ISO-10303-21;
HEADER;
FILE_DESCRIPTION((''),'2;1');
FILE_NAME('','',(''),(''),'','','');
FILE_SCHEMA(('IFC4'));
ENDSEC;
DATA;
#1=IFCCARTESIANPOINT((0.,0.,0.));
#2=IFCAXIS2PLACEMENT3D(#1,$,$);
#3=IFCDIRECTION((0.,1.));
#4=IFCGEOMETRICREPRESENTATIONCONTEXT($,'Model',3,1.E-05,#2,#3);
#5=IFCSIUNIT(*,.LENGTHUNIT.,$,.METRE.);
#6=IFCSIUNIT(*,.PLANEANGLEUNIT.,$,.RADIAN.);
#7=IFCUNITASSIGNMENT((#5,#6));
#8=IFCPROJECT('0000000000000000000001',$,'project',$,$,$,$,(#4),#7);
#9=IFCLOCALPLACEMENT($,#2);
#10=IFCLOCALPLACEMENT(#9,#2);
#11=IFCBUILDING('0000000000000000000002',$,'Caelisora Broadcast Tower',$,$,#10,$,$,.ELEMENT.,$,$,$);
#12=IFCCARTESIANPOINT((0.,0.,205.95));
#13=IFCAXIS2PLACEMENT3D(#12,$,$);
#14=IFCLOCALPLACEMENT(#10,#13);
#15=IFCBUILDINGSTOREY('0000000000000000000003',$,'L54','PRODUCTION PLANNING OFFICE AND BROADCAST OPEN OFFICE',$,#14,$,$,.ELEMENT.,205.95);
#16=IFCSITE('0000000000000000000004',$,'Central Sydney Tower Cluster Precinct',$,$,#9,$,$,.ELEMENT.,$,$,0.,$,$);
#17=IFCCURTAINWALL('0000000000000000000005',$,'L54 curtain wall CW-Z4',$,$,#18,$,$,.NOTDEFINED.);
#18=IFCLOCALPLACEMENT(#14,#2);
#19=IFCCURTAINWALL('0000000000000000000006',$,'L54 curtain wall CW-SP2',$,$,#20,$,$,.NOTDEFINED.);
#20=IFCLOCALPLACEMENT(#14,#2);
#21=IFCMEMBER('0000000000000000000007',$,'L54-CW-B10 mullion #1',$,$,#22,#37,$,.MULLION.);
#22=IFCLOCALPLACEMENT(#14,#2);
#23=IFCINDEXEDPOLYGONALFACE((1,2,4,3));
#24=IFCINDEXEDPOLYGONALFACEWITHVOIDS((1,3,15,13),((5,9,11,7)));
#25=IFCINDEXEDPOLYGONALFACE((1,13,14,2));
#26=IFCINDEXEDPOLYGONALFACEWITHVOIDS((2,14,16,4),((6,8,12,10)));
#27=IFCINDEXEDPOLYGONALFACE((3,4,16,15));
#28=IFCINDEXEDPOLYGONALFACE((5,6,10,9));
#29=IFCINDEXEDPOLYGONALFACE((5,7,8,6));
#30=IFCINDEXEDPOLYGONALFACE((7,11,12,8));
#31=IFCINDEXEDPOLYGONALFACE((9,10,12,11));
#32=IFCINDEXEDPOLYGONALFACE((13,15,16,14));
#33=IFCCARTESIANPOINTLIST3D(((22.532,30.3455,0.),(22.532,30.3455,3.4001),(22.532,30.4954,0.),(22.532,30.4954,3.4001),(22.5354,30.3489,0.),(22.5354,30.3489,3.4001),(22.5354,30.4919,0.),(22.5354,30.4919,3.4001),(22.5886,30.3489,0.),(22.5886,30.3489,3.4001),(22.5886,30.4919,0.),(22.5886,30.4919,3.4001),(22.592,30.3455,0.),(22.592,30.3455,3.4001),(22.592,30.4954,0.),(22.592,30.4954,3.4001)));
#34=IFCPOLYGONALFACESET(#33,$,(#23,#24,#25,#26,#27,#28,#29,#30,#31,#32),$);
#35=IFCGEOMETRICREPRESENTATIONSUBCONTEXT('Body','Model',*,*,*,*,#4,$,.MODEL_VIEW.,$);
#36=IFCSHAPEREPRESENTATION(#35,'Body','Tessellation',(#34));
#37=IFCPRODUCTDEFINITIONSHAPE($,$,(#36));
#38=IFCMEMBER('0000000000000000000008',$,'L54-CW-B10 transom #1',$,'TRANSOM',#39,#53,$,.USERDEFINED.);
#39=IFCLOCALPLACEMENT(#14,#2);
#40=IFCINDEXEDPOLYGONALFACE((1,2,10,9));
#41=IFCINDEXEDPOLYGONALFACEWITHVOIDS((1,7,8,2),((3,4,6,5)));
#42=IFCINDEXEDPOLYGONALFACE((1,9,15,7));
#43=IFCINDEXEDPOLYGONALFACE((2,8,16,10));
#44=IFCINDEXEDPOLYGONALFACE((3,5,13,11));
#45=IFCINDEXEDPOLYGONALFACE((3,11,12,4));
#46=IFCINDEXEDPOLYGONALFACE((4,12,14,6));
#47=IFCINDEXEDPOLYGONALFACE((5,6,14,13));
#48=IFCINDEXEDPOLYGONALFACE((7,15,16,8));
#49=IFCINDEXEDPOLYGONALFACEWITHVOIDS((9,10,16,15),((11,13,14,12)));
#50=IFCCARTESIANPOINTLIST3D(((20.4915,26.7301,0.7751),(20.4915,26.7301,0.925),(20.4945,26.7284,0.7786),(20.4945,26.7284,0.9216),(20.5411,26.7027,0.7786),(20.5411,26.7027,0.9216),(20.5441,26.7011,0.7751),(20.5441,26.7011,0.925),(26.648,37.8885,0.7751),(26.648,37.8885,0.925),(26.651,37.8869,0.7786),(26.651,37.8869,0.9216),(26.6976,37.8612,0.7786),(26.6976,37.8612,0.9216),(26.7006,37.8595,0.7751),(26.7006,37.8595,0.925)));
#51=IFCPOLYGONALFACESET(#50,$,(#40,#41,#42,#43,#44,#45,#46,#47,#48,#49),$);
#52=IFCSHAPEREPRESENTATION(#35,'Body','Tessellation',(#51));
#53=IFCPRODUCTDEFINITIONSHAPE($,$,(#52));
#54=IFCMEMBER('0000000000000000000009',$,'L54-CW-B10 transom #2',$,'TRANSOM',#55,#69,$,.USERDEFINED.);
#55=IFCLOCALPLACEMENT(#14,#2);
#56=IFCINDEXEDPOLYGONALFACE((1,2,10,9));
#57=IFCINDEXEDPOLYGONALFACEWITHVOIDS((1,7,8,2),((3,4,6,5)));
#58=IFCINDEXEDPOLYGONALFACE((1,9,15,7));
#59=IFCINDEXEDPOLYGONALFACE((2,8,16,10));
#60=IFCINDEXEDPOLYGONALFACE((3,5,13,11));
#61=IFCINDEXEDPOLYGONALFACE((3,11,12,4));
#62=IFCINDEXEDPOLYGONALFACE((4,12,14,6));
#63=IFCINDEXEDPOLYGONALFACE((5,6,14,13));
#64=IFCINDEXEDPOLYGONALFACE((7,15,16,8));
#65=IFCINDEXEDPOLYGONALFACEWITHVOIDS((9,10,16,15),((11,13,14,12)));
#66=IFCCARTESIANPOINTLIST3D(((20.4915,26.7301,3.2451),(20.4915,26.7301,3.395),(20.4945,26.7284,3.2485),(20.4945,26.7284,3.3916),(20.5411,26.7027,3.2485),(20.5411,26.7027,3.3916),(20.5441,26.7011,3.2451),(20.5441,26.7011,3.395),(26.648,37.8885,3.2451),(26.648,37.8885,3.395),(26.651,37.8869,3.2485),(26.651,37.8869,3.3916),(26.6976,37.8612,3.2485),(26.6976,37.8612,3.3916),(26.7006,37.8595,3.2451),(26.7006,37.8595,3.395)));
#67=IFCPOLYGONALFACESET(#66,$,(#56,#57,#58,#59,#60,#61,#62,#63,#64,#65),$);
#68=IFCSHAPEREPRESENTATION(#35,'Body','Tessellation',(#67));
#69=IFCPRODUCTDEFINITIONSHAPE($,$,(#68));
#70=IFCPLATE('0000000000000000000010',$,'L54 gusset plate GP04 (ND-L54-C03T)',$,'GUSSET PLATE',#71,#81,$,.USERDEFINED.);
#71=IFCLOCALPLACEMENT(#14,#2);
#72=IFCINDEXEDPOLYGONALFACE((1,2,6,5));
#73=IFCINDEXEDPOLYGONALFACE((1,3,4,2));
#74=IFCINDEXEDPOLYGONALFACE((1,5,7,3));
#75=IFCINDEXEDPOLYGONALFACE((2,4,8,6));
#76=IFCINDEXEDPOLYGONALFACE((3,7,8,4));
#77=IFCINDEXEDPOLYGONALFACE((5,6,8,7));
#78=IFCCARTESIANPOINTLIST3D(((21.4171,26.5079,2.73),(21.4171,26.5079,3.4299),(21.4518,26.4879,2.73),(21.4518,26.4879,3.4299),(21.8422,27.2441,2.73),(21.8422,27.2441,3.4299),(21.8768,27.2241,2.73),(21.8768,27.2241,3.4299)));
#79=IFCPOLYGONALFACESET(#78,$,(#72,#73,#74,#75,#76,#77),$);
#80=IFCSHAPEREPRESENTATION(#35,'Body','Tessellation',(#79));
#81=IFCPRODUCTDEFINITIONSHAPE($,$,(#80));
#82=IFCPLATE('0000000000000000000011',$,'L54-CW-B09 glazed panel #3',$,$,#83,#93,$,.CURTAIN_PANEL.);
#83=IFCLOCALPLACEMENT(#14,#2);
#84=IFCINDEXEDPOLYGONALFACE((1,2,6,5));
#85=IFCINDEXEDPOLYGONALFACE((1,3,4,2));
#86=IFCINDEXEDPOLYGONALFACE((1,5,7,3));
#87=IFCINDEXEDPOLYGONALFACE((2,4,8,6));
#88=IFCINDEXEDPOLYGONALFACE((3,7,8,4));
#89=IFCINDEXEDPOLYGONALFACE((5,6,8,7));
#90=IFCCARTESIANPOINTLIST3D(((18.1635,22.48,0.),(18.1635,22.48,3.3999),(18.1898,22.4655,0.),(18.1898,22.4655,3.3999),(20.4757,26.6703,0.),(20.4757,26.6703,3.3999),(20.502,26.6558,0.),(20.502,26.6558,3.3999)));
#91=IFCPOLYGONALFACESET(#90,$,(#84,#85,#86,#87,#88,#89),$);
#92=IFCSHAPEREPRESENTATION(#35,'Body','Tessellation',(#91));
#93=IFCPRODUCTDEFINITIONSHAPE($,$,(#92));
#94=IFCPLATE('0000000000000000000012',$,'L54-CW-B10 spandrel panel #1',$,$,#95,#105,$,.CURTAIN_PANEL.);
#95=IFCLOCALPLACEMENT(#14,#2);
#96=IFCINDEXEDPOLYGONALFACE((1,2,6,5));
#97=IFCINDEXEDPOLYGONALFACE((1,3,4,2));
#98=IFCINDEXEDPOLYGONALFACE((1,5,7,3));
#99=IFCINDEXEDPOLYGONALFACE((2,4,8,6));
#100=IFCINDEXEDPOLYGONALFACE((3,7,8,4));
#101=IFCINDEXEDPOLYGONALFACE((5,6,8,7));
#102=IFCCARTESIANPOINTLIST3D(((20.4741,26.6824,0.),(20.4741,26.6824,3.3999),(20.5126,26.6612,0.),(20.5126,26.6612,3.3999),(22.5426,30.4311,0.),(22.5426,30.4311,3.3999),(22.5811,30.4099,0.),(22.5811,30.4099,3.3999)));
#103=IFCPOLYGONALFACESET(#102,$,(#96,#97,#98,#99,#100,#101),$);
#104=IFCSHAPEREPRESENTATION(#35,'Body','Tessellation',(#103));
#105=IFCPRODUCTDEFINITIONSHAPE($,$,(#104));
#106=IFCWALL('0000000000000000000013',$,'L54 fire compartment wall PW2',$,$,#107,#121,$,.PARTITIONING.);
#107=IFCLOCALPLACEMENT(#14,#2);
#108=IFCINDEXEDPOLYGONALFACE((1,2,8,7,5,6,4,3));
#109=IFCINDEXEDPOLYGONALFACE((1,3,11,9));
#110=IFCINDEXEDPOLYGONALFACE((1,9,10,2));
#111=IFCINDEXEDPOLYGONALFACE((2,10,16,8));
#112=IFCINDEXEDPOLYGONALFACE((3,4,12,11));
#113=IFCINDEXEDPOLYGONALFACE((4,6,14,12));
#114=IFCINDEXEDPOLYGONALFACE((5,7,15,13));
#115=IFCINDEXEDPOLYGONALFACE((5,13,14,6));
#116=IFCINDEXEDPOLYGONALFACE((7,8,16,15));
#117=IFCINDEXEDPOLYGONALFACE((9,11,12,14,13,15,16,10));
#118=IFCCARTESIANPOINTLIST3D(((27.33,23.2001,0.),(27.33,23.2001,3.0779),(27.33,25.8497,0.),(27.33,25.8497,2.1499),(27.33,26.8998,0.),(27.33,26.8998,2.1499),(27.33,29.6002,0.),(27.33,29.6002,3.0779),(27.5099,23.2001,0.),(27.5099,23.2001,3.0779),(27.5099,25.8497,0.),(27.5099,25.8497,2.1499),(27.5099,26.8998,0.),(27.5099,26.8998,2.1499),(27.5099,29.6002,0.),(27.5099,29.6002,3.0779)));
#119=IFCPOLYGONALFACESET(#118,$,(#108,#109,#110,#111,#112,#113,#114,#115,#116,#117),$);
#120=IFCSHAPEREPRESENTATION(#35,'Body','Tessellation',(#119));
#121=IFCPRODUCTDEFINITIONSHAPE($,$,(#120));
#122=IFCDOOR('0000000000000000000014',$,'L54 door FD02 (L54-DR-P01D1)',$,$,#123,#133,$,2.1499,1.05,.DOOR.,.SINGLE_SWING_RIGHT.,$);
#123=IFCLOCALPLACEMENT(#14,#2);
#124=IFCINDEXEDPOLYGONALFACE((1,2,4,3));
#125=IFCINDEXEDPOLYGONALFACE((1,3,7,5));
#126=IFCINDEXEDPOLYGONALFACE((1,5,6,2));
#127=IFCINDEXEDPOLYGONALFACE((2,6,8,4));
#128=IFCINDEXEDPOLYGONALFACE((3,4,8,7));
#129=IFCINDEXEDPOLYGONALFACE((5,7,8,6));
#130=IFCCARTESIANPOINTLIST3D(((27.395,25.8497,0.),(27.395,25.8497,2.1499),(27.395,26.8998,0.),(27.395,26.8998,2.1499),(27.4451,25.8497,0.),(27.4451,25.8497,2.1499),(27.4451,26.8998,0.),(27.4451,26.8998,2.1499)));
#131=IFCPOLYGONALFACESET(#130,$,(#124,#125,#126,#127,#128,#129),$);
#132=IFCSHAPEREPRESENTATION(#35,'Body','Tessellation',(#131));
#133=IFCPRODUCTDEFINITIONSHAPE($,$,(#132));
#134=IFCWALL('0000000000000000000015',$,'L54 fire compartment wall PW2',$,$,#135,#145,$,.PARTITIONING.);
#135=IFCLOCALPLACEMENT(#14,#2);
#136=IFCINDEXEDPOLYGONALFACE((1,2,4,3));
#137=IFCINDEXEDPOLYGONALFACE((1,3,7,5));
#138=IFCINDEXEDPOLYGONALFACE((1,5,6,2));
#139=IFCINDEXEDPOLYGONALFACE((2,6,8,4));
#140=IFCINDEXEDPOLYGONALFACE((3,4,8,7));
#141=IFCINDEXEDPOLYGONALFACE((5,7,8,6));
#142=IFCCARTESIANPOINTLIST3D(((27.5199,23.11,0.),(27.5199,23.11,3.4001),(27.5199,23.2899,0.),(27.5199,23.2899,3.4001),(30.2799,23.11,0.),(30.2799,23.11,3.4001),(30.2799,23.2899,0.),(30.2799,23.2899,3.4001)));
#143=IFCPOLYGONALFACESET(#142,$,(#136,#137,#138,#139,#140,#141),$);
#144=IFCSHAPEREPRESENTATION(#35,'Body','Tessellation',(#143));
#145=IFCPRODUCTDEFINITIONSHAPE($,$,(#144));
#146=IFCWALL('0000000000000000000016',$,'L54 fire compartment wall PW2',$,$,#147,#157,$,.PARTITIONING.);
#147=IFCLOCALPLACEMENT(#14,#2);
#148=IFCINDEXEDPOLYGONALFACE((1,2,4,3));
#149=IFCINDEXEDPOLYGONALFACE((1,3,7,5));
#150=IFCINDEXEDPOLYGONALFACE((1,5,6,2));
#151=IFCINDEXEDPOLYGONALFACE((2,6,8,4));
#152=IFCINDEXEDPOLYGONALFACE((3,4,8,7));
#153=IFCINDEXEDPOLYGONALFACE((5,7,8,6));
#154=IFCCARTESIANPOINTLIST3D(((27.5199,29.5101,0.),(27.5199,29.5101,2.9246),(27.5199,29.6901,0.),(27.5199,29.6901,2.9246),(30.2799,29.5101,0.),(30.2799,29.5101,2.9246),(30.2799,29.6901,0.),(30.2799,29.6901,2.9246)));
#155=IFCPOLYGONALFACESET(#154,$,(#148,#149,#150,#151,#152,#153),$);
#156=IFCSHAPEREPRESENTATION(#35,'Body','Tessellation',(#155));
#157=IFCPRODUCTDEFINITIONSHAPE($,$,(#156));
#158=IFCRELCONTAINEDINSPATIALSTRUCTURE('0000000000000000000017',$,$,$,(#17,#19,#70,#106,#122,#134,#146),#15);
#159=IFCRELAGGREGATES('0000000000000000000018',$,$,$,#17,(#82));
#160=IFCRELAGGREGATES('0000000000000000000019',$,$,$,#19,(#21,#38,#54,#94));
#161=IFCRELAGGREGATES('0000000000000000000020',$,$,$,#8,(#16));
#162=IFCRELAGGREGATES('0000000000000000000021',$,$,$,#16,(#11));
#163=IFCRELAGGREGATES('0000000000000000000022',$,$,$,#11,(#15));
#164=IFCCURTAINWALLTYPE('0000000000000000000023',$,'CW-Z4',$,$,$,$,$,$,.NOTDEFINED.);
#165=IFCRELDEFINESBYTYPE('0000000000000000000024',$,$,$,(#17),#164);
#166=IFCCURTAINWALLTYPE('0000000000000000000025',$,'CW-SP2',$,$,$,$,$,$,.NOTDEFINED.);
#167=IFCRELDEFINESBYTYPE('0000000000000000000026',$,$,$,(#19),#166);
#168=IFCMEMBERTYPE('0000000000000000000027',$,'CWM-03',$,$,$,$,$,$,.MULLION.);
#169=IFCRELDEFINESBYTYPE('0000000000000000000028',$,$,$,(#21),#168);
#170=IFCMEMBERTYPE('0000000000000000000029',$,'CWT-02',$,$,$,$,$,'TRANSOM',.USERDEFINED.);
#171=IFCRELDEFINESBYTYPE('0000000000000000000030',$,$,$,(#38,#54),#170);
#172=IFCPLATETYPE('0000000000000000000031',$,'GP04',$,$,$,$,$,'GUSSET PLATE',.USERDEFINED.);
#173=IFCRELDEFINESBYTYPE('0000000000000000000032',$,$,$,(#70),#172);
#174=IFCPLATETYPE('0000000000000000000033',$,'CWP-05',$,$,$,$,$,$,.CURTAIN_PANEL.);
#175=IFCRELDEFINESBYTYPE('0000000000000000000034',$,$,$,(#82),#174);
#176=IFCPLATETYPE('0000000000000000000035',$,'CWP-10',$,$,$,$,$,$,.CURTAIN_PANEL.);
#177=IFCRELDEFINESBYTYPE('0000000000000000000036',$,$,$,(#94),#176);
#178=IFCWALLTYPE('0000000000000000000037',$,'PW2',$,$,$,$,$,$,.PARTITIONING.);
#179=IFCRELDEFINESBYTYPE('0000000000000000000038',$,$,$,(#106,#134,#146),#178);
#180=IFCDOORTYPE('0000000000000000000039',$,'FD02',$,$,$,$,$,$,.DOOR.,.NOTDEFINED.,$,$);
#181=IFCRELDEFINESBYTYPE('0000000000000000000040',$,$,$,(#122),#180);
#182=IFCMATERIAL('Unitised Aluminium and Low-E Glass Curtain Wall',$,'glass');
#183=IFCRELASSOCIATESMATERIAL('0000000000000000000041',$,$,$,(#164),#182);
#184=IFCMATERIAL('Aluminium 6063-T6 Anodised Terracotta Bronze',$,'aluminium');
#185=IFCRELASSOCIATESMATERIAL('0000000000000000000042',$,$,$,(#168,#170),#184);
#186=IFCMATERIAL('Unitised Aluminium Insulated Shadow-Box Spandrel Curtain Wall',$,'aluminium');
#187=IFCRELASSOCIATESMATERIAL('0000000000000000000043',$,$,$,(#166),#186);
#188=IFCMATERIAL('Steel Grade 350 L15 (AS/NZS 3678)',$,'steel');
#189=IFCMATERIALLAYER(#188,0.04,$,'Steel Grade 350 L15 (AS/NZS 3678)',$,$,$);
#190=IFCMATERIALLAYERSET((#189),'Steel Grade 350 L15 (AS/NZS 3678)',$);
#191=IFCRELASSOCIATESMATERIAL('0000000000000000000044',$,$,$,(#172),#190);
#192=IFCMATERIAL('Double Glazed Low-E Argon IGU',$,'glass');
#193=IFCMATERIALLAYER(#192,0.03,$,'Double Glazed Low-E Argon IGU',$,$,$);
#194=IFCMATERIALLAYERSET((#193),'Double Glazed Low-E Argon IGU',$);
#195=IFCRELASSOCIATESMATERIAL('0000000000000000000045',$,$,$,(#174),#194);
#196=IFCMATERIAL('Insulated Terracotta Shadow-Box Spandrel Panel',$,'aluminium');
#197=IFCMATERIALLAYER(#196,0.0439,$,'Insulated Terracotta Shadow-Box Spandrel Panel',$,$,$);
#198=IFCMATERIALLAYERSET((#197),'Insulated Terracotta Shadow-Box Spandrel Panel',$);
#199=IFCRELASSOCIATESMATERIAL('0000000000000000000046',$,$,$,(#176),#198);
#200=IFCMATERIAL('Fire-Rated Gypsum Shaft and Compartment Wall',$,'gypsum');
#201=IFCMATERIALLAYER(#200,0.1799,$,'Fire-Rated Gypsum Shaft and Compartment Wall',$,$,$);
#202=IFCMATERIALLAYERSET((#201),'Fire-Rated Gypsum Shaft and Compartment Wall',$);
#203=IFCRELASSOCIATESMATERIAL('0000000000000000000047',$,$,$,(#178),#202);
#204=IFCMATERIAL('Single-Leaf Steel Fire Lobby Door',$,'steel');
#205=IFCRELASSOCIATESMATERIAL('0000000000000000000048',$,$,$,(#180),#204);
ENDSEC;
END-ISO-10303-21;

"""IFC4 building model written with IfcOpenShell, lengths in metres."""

from ifc_helpers import new_model, si_unit, direction, frame, frame_2d, origin, origin_2d, place, context, subcontext, project, spatial, rectangle, hollow_rectangle, extrude, source, transform, mapped, material, layer, layer_set, material_profile, profile_set, type_object, type_shapes, element, fill, aggregate, save


model = new_model("IFC4")

# Units and contexts
model_context = context("Model", 3, precision=1e-05, world=origin(), true_north=direction((0.0, 1.0)))
body_context = subcontext(model_context, "Body", "Model", "MODEL_VIEW")
ifc_project = project(units=[si_unit("LENGTHUNIT", "METRE"), si_unit("PLANEANGLEUNIT", "RADIAN")], contexts=[model_context])

# Site, building, storey
site_placement = place(None, origin())
site = spatial("IfcSite", under=ifc_project, at=site_placement, Name="Central Sydney Tower Cluster Precinct", CompositionType="ELEMENT", RefElevation=0.0)
building_placement = place(site_placement, origin())
building = spatial("IfcBuilding", under=site, at=building_placement, Name="Caelisora Broadcast Tower", CompositionType="ELEMENT")
storey_placement = place(building_placement, frame((0.0, 0.0, 205.95)))
storey = spatial("IfcBuildingStorey", under=building, at=storey_placement, Name="L54", Description="PRODUCTION PLANNING OFFICE AND BROADCAST OPEN OFFICE", CompositionType="ELEMENT", Elevation=205.95)

# Shared definitions
ifc_material_1 = material(Name="Steel Grade 350 L15 (AS/NZS 3678)", Category="steel")

# Curtain wall
ifc_material_2 = material(Name="Unitised Aluminium and Low-E Glass Curtain Wall", Category="glass")
curtain_wall_type_1 = type_object("IfcCurtainWallType", Name="CW-Z4", PredefinedType="NOTDEFINED", material=ifc_material_2)
curtain_wall_1_placement = place(storey_placement, origin())
curtain_wall_1 = element("IfcCurtainWall", 1, at=curtain_wall_1_placement, inside=storey, type_object=curtain_wall_type_1, Name="L54 curtain wall CW-Z4", PredefinedType="NOTDEFINED")
ifc_material_3 = material(Name="Aluminium 6063-T6 Anodised Terracotta Bronze", Category="aluminium")
ifc_material_profile_1 = material_profile(ifc_material_3, hollow_rectangle(XDim=0.0601, YDim=0.1499, WallThickness=0.0034, at=origin_2d()), Name="Aluminium 6063-T6 Anodised Terracotta Bronze")
ifc_profile_set_1 = profile_set([ifc_material_profile_1], Name="Aluminium 6063-T6 Anodised Terracotta Bronze")
member_type_1 = type_object("IfcMemberType", Name="CWM-03", PredefinedType="MULLION", material=ifc_profile_set_1)
shared_shape_1 = source(origin(), body_context, "Body", "SweptSolid", [
    extrude(hollow_rectangle(XDim=0.0601, YDim=0.1499, WallThickness=0.0034, at=origin_2d()), origin(), (0.0, 0.0, 1.0), 3.4001),
])
type_shapes(member_type_1, [shared_shape_1])

# Curtain wall, members
ifc_material_4 = material(Name="Unitised Aluminium Insulated Shadow-Box Spandrel Curtain Wall", Category="aluminium")
curtain_wall_type_2 = type_object("IfcCurtainWallType", Name="CW-SP2", PredefinedType="NOTDEFINED", material=ifc_material_4)
curtain_wall_2_placement = place(storey_placement, origin())
curtain_wall_2 = element("IfcCurtainWall", 2, at=curtain_wall_2_placement, inside=storey, type_object=curtain_wall_type_2, Name="L54 curtain wall CW-SP2", PredefinedType="NOTDEFINED")
member_1_placement = place(storey_placement, frame((22.562, 30.4204, 0.0), z_axis=(0.0, 0.0, 1.0), x_axis=(1.0, 0.0, 0.0)))
member_1 = element("IfcMember", 3, at=member_1_placement, type_object=member_type_1, Name="L54-CW-B10 mullion #1", PredefinedType="MULLION", context=body_context, shape_type="MappedRepresentation", body=[
    mapped(shared_shape_1, transform((0.0, 0.0, 0.0), scale=1.0)),
])
ifc_material_profile_2 = material_profile(ifc_material_3, hollow_rectangle(XDim=0.0601, YDim=0.1499, WallThickness=0.0034, at=origin_2d()), Name="Aluminium 6063-T6 Anodised Terracotta Bronze")
ifc_profile_set_2 = profile_set([ifc_material_profile_2], Name="Aluminium 6063-T6 Anodised Terracotta Bronze")
member_type_2 = type_object("IfcMemberType", Name="CWT-02", ElementType="TRANSOM", PredefinedType="USERDEFINED", material=ifc_profile_set_2)
shared_shape_2 = source(origin(), body_context, "Body", "SweptSolid", [
    extrude(hollow_rectangle(XDim=0.0601, YDim=0.1499, WallThickness=0.0034, at=origin_2d()), origin(), (0.0, 0.0, 1.0), 12.7441),
])
type_shapes(member_type_2, [shared_shape_2])
member_2_placement = place(storey_placement, frame((20.5178, 26.7156, 0.8501), z_axis=(0.483084, 0.875574, 0.0), x_axis=(-0.875574, 0.483084, 0.0)))
member_2 = element("IfcMember", 4, at=member_2_placement, type_object=member_type_2, Name="L54-CW-B10 transom #1", ObjectType="TRANSOM", PredefinedType="USERDEFINED", context=body_context, shape_type="MappedRepresentation", body=[
    mapped(shared_shape_2, transform((0.0, 0.0, 0.0), scale=1.0)),
])
member_3_placement = place(storey_placement, frame((20.5178, 26.7156, 3.3201), z_axis=(0.483084, 0.875574, 0.0), x_axis=(-0.875574, 0.483084, 0.0)))
member_3 = element("IfcMember", 5, at=member_3_placement, type_object=member_type_2, Name="L54-CW-B10 transom #2", ObjectType="TRANSOM", PredefinedType="USERDEFINED", context=body_context, shape_type="MappedRepresentation", body=[
    mapped(shared_shape_2, transform((0.0, 0.0, 0.0), scale=1.0)),
])

# Plates
ifc_layer_1 = layer(ifc_material_1, 0.04, Name="Steel Grade 350 L15 (AS/NZS 3678)")
ifc_layer_set_1 = layer_set([ifc_layer_1], Name="Steel Grade 350 L15 (AS/NZS 3678)")
plate_type_1 = type_object("IfcPlateType", Name="GP04", ElementType="GUSSET PLATE", PredefinedType="USERDEFINED", material=ifc_layer_set_1)
shared_shape_3 = source(origin(), body_context, "Body", "SweptSolid", [
    extrude(rectangle(XDim=0.8501, YDim=0.04, at=origin_2d()), origin(), (0.0, 0.0, 1.0), 0.7),
])
type_shapes(plate_type_1, [shared_shape_3])
plate_1_placement = place(storey_placement, frame((21.647, 26.866, 2.73), z_axis=(0.0, 0.0, 1.0), x_axis=(-0.5, -0.866025, 0.0)))
element("IfcPlate", 6, at=plate_1_placement, inside=storey, type_object=plate_type_1, Name="L54 gusset plate GP04 (ND-L54-C03T)", ObjectType="GUSSET PLATE", PredefinedType="USERDEFINED", context=body_context, shape_type="MappedRepresentation", body=[
    mapped(shared_shape_3, transform((0.0, 0.0, 0.0), scale=1.0)),
])
ifc_material_5 = material(Name="Double Glazed Low-E Argon IGU", Category="glass")
ifc_layer_2 = layer(ifc_material_5, 0.03, Name="Double Glazed Low-E Argon IGU")
ifc_layer_set_2 = layer_set([ifc_layer_2], Name="Double Glazed Low-E Argon IGU")
plate_type_2 = type_object("IfcPlateType", Name="CWP-05", PredefinedType="CURTAIN_PANEL", material=ifc_layer_set_2)
shared_shape_4 = source(origin(), body_context, "Body", "SweptSolid", [
    extrude(rectangle(XDim=4.7859, YDim=0.03, at=origin_2d()), origin(), (0.0, 0.0, 1.0), 3.3999),
])
type_shapes(plate_type_2, [shared_shape_4])
plate_2_placement = place(storey_placement, frame((19.3328, 24.5679, 0.0), z_axis=(0.0, 0.0, 1.0), x_axis=(0.48313, 0.875549, 0.0)))
plate_2 = element("IfcPlate", 7, at=plate_2_placement, type_object=plate_type_2, Name="L54-CW-B09 glazed panel #3", PredefinedType="CURTAIN_PANEL", context=body_context, shape_type="MappedRepresentation", body=[
    mapped(shared_shape_4, transform((0.0, 0.0, 0.0), scale=1.0)),
])
aggregate(curtain_wall_1, [plate_2])
ifc_material_6 = material(Name="Insulated Terracotta Shadow-Box Spandrel Panel", Category="aluminium")
ifc_layer_3 = layer(ifc_material_6, 0.0439, Name="Insulated Terracotta Shadow-Box Spandrel Panel")
ifc_layer_set_3 = layer_set([ifc_layer_3], Name="Insulated Terracotta Shadow-Box Spandrel Panel")
plate_type_3 = type_object("IfcPlateType", Name="CWP-10", PredefinedType="CURTAIN_PANEL", material=ifc_layer_set_3)
shared_shape_5 = source(origin(), body_context, "Body", "SweptSolid", [
    extrude(rectangle(XDim=4.2815, YDim=0.0439, at=origin_2d()), origin(), (0.0, 0.0, 1.0), 3.3999),
])
type_shapes(plate_type_3, [shared_shape_5])
plate_3_placement = place(storey_placement, frame((21.5276, 28.5461, 0.0), z_axis=(0.0, 0.0, 1.0), x_axis=(0.48313, 0.875549, 0.0)))
plate_3 = element("IfcPlate", 8, at=plate_3_placement, type_object=plate_type_3, Name="L54-CW-B10 spandrel panel #1", PredefinedType="CURTAIN_PANEL", context=body_context, shape_type="MappedRepresentation", body=[
    mapped(shared_shape_5, transform((0.0, 0.0, 0.0), scale=1.0)),
])
aggregate(curtain_wall_2, [member_1, member_2, member_3, plate_3])

# Wall, opening, door
ifc_material_7 = material(Name="Fire-Rated Gypsum Shaft and Compartment Wall", Category="gypsum")
ifc_layer_4 = layer(ifc_material_7, 0.1799, Name="Fire-Rated Gypsum Shaft and Compartment Wall")
ifc_layer_set_4 = layer_set([ifc_layer_4], Name="Fire-Rated Gypsum Shaft and Compartment Wall")
wall_type_1 = type_object("IfcWallType", Name="PW2", PredefinedType="PARTITIONING", material=ifc_layer_set_4)
wall_1_placement = place(storey_placement, frame((27.4199, 23.2, 0.0), z_axis=(0.0, 0.0, 1.0), x_axis=(0.0, 1.0, 0.0)))
wall_1 = element("IfcWall", 9, at=wall_1_placement, inside=storey, type_object=wall_type_1, Name="L54 fire compartment wall PW2", PredefinedType="PARTITIONING", context=body_context, shape_type="SweptSolid", body=[
    extrude(rectangle(XDim=6.4001, YDim=0.1799, at=frame_2d((3.2002, 0.0))), origin(), (0.0, 0.0, 1.0), 3.0779),
])
opening_1_placement = place(wall_1_placement, frame((2.6499, 0.0, 0.0)))
opening_1 = element("IfcOpeningElement", 10, at=opening_1_placement, cuts=wall_1, PredefinedType="OPENING", context=body_context, shape_type="SweptSolid", body=[
    extrude(rectangle(XDim=1.05, YDim=2.1499, at=frame_2d((0.5249, 1.075))), frame((0.0, 0.1021, 0.0), z_axis=(0.0, -1.0, 0.0), x_axis=(1.0, 0.0, 0.0)), (0.0, 0.0, 1.0), 0.2039),
])
ifc_material_8 = material(Name="Single-Leaf Steel Fire Lobby Door", Category="steel")
door_type_1 = type_object("IfcDoorType", Name="FD02", OperationType="NOTDEFINED", PredefinedType="DOOR", material=ifc_material_8)
door_1_placement = place(opening_1_placement, origin())
door_1 = element("IfcDoor", 11, at=door_1_placement, inside=storey, type_object=door_type_1, Name="L54 door FD02 (L54-DR-P01D1)", OperationType="SINGLE_SWING_RIGHT", OverallHeight=2.1499, OverallWidth=1.05, PredefinedType="DOOR", context=body_context, shape_type="SweptSolid", body=[
    extrude(rectangle(XDim=1.05, YDim=2.1499, at=frame_2d((0.5249, 1.075))), frame((0.0, 0.0249, 0.0), z_axis=(0.0, -1.0, 0.0), x_axis=(1.0, 0.0, 0.0)), (0.0, 0.0, 1.0), 0.05),
])
fill(opening_1, door_1)

# Walls
wall_2_placement = place(storey_placement, frame((27.52, 23.2, 0.0), z_axis=(0.0, 0.0, 1.0), x_axis=(1.0, 0.0, 0.0)))
element("IfcWall", 12, at=wall_2_placement, inside=storey, type_object=wall_type_1, Name="L54 fire compartment wall PW2", PredefinedType="PARTITIONING", context=body_context, shape_type="SweptSolid", body=[
    extrude(rectangle(XDim=2.76, YDim=0.1799, at=frame_2d((1.3799, 0.0))), origin(), (0.0, 0.0, 1.0), 3.4001),
])
wall_3_placement = place(storey_placement, frame((27.52, 29.6001, 0.0), z_axis=(0.0, 0.0, 1.0), x_axis=(1.0, 0.0, 0.0)))
element("IfcWall", 13, at=wall_3_placement, inside=storey, type_object=wall_type_1, Name="L54 fire compartment wall PW2", PredefinedType="PARTITIONING", context=body_context, shape_type="SweptSolid", body=[
    extrude(rectangle(XDim=2.76, YDim=0.1799, at=frame_2d((1.3799, 0.0))), origin(), (0.0, 0.0, 1.0), 2.9246),
])

save(model, "model.ifc")
